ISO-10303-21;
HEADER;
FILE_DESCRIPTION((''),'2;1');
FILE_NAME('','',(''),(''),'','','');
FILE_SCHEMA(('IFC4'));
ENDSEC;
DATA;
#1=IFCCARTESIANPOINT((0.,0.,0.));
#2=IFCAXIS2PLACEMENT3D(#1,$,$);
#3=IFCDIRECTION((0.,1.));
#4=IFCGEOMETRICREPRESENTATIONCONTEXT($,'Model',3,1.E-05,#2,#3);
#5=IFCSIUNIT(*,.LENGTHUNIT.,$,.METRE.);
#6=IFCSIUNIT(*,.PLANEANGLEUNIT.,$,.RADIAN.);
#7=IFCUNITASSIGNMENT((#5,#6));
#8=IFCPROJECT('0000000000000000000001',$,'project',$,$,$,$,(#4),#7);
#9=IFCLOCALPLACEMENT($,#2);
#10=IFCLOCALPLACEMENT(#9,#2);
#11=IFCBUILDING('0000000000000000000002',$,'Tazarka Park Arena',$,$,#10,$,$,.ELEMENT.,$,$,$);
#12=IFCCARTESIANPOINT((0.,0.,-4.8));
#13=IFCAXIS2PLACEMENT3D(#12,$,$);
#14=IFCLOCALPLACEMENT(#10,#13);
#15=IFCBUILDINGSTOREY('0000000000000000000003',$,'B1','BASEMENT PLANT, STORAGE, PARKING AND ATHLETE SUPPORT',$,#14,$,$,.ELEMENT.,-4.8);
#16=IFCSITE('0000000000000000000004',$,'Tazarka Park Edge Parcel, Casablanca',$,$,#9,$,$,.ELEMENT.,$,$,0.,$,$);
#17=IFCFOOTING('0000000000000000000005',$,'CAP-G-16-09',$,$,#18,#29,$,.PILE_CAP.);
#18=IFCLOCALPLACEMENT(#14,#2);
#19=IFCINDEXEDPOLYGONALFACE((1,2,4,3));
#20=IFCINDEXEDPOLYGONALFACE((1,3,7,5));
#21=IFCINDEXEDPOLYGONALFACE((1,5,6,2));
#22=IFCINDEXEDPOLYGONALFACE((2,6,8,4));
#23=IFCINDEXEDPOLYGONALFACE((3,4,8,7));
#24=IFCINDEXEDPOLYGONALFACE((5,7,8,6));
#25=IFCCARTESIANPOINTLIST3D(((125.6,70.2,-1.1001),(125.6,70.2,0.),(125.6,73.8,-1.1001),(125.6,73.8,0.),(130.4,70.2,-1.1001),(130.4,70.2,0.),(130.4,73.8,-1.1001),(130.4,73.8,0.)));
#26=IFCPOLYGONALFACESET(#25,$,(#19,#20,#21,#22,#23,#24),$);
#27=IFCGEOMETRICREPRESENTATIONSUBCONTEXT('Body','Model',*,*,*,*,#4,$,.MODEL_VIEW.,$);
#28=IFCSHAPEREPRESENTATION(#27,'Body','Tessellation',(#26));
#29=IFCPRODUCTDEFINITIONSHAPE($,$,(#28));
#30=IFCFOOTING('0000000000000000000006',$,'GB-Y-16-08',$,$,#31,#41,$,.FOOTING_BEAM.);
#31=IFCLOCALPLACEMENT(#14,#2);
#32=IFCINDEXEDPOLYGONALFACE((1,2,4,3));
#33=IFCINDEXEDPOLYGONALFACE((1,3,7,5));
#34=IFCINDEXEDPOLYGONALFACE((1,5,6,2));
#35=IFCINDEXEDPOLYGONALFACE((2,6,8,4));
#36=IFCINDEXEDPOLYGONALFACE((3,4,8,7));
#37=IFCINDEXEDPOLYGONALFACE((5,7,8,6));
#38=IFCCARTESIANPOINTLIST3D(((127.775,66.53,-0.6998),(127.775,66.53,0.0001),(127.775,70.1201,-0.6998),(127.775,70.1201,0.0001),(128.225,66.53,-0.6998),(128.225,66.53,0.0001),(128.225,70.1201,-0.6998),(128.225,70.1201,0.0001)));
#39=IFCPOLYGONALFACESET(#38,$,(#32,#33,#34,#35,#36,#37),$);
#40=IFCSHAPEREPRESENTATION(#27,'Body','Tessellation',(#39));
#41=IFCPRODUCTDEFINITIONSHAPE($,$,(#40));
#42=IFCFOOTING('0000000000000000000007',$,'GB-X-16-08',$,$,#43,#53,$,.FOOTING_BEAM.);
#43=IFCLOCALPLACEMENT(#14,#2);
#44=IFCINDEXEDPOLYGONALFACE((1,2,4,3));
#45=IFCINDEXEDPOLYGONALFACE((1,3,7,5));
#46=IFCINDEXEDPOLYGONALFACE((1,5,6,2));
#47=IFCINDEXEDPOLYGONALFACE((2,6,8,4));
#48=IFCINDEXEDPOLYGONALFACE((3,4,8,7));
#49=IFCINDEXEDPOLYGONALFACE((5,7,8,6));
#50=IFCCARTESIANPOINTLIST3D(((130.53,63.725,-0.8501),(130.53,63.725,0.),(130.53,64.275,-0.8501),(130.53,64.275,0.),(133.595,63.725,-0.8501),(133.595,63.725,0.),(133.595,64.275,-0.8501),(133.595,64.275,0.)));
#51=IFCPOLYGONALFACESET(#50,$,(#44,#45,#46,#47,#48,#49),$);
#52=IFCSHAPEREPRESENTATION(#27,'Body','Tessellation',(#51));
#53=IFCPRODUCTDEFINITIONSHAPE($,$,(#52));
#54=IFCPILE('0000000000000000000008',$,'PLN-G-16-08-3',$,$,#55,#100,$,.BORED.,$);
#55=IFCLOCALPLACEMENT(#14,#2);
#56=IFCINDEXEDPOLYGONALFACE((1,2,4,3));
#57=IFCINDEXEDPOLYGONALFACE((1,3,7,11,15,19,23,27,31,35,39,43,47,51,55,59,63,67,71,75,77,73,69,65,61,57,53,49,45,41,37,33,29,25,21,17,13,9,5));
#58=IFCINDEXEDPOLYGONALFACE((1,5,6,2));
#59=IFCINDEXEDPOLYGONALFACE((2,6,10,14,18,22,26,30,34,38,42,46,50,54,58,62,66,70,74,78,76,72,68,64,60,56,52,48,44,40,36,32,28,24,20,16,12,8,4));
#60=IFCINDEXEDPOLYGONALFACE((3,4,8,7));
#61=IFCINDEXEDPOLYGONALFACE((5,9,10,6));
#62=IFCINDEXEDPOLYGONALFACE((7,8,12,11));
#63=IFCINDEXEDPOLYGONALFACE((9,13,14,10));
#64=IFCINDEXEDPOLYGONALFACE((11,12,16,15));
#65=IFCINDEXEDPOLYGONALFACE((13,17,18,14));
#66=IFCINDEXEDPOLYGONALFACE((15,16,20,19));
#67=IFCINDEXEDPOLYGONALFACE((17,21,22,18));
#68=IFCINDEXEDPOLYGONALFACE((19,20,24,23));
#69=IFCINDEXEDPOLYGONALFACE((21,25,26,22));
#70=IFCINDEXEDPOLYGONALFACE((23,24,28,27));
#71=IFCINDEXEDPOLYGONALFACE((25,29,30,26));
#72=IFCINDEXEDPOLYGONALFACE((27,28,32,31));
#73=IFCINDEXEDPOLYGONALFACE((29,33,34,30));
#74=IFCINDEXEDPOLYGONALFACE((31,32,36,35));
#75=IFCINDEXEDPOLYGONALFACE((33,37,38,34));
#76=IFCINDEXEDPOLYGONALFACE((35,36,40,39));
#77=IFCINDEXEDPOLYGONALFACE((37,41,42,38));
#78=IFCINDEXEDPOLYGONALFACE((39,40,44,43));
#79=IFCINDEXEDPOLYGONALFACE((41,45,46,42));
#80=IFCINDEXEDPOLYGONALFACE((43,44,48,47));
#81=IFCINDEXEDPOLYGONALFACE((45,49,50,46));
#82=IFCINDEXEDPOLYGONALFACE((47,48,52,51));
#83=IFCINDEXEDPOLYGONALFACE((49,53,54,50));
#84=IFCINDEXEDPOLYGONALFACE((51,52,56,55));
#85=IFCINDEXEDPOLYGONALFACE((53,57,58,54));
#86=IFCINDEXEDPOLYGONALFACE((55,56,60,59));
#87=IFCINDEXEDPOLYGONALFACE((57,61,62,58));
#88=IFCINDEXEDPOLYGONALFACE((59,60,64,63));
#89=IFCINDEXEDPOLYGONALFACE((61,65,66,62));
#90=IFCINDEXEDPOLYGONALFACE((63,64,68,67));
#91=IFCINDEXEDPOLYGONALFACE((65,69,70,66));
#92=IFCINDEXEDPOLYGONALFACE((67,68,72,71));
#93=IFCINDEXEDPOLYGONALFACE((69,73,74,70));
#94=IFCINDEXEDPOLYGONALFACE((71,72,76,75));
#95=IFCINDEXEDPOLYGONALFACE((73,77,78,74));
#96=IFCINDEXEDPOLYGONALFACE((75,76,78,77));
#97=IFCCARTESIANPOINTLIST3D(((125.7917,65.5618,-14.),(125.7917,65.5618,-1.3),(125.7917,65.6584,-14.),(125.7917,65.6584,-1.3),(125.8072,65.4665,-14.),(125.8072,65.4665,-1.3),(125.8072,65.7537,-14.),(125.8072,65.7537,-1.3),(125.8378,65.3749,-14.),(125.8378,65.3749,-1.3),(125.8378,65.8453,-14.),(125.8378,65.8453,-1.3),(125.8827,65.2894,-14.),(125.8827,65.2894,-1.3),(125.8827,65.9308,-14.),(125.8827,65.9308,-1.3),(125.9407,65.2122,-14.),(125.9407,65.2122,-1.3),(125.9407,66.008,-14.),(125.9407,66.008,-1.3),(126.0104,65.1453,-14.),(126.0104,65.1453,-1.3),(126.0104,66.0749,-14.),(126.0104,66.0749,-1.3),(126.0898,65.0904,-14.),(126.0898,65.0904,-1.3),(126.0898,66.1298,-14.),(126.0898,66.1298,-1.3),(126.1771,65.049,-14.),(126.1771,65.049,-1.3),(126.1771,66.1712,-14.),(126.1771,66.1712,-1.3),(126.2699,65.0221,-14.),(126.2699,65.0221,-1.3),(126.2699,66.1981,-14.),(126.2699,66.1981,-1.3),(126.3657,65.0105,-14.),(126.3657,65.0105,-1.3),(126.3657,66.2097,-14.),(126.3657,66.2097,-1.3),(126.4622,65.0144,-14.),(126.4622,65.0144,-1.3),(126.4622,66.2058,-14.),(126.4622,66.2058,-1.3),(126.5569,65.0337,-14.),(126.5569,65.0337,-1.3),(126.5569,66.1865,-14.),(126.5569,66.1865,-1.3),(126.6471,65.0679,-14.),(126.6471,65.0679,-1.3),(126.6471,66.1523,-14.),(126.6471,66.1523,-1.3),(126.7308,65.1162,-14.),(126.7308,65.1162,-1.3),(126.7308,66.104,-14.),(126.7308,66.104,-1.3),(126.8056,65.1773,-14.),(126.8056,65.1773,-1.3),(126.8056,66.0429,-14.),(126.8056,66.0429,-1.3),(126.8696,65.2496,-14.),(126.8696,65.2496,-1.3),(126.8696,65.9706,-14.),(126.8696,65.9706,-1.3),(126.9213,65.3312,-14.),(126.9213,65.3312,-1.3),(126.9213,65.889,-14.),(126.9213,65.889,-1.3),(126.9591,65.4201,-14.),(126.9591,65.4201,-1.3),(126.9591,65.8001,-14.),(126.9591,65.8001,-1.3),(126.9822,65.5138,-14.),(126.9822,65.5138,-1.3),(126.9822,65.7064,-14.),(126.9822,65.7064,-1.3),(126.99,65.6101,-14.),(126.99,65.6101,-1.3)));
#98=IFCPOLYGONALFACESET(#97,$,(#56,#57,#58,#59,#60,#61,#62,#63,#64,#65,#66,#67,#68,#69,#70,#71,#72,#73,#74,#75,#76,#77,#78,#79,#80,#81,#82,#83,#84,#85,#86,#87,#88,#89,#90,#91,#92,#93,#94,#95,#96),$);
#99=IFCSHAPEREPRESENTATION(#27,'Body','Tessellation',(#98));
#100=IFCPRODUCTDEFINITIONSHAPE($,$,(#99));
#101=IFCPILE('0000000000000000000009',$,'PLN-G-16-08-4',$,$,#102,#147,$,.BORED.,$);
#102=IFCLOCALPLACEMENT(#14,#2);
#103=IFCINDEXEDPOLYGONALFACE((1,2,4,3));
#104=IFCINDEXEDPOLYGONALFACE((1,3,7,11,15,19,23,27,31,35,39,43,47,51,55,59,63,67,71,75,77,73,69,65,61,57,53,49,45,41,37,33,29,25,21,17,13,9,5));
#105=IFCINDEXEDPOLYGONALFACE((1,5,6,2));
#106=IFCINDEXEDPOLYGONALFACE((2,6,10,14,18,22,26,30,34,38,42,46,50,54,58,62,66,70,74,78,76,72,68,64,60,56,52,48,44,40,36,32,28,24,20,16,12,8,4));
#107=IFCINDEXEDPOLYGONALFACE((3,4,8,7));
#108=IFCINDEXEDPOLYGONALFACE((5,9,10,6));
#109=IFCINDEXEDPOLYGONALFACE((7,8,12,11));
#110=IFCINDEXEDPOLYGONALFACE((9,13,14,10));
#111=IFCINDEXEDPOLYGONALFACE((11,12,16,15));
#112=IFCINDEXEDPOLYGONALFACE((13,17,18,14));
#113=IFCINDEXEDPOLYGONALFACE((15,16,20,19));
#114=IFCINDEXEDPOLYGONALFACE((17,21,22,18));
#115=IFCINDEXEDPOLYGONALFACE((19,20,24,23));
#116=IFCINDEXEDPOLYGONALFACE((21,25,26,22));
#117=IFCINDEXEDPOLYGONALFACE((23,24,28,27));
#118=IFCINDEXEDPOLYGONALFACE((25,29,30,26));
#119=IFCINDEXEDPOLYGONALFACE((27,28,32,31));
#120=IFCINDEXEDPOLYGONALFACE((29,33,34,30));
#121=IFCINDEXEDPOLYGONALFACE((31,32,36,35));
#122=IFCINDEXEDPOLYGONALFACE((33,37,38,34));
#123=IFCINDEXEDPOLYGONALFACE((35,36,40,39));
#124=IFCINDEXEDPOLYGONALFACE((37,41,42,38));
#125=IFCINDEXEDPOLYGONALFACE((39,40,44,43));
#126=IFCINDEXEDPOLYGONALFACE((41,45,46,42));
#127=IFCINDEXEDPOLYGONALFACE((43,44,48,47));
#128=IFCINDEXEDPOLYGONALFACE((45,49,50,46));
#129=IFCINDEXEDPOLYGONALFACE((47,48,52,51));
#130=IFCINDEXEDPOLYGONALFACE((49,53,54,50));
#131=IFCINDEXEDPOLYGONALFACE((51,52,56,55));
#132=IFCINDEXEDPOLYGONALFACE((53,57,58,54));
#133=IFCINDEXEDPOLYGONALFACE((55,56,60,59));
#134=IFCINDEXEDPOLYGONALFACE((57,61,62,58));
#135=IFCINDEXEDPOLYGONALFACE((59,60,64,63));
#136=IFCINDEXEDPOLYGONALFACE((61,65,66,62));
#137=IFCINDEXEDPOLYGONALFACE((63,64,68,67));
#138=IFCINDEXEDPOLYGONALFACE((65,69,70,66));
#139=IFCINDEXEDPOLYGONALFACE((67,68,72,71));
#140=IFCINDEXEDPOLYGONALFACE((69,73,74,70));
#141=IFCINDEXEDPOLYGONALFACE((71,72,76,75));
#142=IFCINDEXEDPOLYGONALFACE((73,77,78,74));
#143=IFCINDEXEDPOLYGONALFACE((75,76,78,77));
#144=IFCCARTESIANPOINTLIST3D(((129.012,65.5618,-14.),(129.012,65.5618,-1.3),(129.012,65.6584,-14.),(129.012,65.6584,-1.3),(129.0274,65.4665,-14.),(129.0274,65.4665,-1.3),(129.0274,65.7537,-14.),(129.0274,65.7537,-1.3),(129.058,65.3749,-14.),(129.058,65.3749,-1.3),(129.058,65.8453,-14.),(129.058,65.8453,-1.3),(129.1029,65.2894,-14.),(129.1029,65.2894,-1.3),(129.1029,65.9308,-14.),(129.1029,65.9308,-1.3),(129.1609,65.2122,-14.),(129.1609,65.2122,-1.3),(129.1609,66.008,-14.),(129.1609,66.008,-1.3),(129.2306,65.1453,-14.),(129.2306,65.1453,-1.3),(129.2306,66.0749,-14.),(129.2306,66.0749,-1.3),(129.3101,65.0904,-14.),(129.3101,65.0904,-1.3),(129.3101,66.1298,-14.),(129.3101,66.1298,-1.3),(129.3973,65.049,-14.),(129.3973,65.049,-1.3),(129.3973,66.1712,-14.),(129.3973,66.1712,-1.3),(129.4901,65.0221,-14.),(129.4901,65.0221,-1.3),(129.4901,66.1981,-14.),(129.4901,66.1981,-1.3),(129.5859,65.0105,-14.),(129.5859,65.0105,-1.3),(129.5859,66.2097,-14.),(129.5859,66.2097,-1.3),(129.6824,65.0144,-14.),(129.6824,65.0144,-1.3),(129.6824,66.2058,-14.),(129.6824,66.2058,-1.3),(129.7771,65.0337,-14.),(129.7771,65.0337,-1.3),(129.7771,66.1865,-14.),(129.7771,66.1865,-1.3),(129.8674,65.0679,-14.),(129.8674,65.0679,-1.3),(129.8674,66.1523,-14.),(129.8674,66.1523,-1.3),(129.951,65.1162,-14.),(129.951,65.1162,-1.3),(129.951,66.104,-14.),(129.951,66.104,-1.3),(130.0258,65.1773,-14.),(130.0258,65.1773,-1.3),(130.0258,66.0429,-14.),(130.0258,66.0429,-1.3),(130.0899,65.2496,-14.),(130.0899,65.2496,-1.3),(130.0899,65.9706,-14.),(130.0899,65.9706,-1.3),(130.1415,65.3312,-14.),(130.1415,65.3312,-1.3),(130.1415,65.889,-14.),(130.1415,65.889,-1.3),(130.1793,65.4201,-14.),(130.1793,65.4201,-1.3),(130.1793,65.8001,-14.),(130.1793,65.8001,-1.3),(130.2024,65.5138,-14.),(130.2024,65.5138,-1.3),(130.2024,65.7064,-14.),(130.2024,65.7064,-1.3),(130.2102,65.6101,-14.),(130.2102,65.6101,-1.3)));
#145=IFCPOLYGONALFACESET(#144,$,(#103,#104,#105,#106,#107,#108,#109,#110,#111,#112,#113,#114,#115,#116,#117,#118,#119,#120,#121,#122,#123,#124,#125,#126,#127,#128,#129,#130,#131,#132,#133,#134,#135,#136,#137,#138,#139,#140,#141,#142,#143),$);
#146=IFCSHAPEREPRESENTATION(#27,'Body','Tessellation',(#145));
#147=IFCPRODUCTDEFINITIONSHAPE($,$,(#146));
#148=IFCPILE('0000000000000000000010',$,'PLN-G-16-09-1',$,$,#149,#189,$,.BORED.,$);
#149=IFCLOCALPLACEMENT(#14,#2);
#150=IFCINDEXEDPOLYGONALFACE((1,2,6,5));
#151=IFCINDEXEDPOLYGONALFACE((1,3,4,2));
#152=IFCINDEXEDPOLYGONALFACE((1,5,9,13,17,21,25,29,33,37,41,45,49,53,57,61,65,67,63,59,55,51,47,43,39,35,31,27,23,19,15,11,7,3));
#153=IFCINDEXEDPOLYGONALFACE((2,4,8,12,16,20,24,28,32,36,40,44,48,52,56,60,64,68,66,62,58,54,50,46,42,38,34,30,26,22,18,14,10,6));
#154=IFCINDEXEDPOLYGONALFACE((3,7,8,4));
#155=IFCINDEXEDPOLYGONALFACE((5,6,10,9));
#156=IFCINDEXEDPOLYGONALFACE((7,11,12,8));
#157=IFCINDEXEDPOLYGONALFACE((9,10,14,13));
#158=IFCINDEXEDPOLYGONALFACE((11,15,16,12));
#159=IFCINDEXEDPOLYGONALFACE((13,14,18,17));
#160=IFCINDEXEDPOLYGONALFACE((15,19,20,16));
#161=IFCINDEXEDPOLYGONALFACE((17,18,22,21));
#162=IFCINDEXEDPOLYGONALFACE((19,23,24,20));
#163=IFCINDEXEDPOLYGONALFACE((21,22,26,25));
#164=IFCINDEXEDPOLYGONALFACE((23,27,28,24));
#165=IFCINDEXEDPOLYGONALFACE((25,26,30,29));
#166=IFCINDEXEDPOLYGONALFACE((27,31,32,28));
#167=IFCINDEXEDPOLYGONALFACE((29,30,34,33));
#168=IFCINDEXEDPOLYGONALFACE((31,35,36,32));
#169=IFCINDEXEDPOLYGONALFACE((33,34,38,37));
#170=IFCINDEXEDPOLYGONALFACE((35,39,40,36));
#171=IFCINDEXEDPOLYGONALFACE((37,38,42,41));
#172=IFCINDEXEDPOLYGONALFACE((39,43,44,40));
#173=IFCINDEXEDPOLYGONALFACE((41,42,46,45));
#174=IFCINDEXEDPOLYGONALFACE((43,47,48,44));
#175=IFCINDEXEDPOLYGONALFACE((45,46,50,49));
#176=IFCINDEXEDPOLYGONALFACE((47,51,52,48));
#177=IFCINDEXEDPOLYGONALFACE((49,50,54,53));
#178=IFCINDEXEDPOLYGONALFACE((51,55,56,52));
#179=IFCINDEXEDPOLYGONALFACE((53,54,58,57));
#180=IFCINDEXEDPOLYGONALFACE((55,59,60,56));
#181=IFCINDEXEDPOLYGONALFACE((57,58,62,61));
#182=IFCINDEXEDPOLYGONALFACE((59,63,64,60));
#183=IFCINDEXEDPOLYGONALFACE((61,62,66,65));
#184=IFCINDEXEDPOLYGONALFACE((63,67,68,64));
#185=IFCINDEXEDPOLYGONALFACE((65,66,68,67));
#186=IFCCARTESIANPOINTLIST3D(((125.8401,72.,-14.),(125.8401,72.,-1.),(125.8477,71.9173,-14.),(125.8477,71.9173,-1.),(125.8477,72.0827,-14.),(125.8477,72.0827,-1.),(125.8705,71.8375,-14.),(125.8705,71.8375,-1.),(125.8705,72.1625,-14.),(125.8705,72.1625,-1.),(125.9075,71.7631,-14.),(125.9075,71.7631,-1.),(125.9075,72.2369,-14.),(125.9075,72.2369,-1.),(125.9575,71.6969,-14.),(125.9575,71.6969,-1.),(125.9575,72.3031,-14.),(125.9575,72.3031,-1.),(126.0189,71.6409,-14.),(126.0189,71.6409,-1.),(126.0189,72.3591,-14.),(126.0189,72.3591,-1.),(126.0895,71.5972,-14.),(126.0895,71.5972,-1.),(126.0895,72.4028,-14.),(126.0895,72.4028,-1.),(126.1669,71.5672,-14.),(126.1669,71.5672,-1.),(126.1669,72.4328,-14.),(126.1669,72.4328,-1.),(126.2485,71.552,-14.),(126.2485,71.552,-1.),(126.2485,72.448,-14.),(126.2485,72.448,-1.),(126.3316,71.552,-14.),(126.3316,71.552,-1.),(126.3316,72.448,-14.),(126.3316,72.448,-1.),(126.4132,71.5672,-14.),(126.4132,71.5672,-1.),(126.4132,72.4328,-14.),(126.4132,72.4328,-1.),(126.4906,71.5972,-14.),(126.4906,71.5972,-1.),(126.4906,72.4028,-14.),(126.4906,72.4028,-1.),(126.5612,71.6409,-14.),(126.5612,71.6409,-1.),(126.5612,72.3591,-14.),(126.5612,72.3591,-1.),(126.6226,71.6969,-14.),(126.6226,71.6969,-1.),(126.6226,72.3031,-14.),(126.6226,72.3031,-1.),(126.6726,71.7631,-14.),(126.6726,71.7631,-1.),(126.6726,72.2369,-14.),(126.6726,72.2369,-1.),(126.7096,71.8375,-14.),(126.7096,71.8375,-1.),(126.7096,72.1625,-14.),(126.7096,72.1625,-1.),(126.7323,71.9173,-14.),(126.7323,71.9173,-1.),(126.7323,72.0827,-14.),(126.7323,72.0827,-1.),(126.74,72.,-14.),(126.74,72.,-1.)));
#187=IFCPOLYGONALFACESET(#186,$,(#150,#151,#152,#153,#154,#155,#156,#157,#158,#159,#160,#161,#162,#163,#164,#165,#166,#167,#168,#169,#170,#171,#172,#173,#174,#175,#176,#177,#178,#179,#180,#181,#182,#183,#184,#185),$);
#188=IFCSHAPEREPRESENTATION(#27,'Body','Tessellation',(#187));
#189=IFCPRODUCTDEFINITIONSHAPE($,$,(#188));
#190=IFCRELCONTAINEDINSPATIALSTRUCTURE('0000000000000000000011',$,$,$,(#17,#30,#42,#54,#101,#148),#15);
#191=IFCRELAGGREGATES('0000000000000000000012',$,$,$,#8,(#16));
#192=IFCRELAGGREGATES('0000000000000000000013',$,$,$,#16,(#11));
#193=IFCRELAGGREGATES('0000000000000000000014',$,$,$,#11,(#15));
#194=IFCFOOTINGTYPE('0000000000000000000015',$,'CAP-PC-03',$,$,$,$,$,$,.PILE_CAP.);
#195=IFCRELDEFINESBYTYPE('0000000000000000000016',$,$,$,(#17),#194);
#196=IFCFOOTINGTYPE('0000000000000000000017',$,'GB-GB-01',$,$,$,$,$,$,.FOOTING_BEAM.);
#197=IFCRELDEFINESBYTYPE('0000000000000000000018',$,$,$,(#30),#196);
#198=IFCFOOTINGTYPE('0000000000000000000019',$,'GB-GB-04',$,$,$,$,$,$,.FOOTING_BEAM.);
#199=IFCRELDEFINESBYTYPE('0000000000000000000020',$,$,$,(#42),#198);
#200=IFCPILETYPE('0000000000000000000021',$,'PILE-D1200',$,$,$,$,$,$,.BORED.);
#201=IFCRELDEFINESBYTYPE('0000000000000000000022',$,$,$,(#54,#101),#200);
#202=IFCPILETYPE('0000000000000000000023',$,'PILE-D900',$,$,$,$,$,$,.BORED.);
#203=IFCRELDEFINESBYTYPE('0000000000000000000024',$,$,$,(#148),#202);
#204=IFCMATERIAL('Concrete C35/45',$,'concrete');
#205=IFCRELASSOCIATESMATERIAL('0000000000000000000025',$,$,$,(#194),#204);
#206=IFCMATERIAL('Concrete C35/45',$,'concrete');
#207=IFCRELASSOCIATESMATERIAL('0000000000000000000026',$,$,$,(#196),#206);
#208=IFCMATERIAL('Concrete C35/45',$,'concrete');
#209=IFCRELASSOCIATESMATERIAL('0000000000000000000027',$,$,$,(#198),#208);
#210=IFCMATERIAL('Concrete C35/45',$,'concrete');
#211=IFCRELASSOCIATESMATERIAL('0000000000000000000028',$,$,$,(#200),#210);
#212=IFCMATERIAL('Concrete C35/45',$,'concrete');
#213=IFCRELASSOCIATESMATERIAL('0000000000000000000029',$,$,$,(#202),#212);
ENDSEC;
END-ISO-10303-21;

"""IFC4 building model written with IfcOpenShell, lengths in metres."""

from ifc_helpers import new_model, si_unit, direction, frame, origin, origin_2d, place, context, subcontext, project, spatial, rectangle, circle, extrude, material, material_profile, profile_set, type_object, element, save


model = new_model("IFC4")

# Units and contexts
model_context = context("Model", 3, precision=1e-05, world=origin(), true_north=direction((0.0, 1.0)))
body_context = subcontext(model_context, "Body", "Model", "MODEL_VIEW")
ifc_project = project(units=[si_unit("LENGTHUNIT", "METRE"), si_unit("PLANEANGLEUNIT", "RADIAN")], contexts=[model_context])

# Site, building, storey
site_placement = place(None, origin())
site = spatial("IfcSite", under=ifc_project, at=site_placement, Name="Tazarka Park Edge Parcel, Casablanca", CompositionType="ELEMENT", RefElevation=0.0)
building_placement = place(site_placement, origin())
building = spatial("IfcBuilding", under=site, at=building_placement, Name="Tazarka Park Arena", CompositionType="ELEMENT")
storey_placement = place(building_placement, frame((0.0, 0.0, -4.8)))
storey = spatial("IfcBuildingStorey", under=building, at=storey_placement, Name="B1", Description="BASEMENT PLANT, STORAGE, PARKING AND ATHLETE SUPPORT", CompositionType="ELEMENT", Elevation=-4.8)

# Footings
ifc_material_1 = material(Name="Concrete C35/45", Category="concrete")
footing_type_1 = type_object("IfcFootingType", Name="CAP-PC-03", PredefinedType="PILE_CAP", material=ifc_material_1)
footing_1_placement = place(storey_placement, frame((128.0, 72.0, -1.1001), z_axis=(0.0, 0.0, 1.0), x_axis=(1.0, 0.0, 0.0)))
element("IfcFooting", 1, at=footing_1_placement, inside=storey, type_object=footing_type_1, Name="CAP-G-16-09", PredefinedType="PILE_CAP", context=body_context, shape_type="SweptSolid", body=[
    extrude(rectangle(XDim=4.8, YDim=3.6001, at=origin_2d()), origin(), (0.0, 0.0, 1.0), 1.1001),
])
ifc_material_2 = material(Name="Concrete C35/45", Category="concrete")
ifc_material_profile_1 = material_profile(ifc_material_2, rectangle(XDim=0.45, YDim=0.7, at=origin_2d()), Name="Concrete C35/45")
ifc_profile_set_1 = profile_set([ifc_material_profile_1], Name="Concrete C35/45")
footing_type_2 = type_object("IfcFootingType", Name="GB-GB-01", PredefinedType="FOOTING_BEAM", material=ifc_profile_set_1)
footing_2_placement = place(storey_placement, frame((128.0, 66.53, -0.3499), z_axis=(0.0, 1.0, 0.0), x_axis=(-1.0, 0.0, 0.0)))
element("IfcFooting", 2, at=footing_2_placement, inside=storey, type_object=footing_type_2, Name="GB-Y-16-08", PredefinedType="FOOTING_BEAM", context=body_context, shape_type="SweptSolid", body=[
    extrude(rectangle(XDim=0.45, YDim=0.7, at=origin_2d()), origin(), (0.0, 0.0, 1.0), 3.5901),
])
ifc_material_3 = material(Name="Concrete C35/45", Category="concrete")
ifc_material_profile_2 = material_profile(ifc_material_3, rectangle(XDim=0.55, YDim=0.8501, at=origin_2d()), Name="Concrete C35/45")
ifc_profile_set_2 = profile_set([ifc_material_profile_2], Name="Concrete C35/45")
footing_type_3 = type_object("IfcFootingType", Name="GB-GB-04", PredefinedType="FOOTING_BEAM", material=ifc_profile_set_2)
footing_3_placement = place(storey_placement, frame((130.53, 64.0, -0.425), z_axis=(1.0, 0.0, 0.0), x_axis=(0.0, 1.0, 0.0)))
element("IfcFooting", 3, at=footing_3_placement, inside=storey, type_object=footing_type_3, Name="GB-X-16-08", PredefinedType="FOOTING_BEAM", context=body_context, shape_type="SweptSolid", body=[
    extrude(rectangle(XDim=0.55, YDim=0.8501, at=origin_2d()), origin(), (0.0, 0.0, 1.0), 3.0649),
])

# Piles
ifc_material_4 = material(Name="Concrete C35/45", Category="concrete")
ifc_material_profile_3 = material_profile(ifc_material_4, circle(Radius=0.6001, at=origin_2d()), Name="Concrete C35/45")
ifc_profile_set_3 = profile_set([ifc_material_profile_3], Name="Concrete C35/45")
pile_type_1 = type_object("IfcPileType", Name="PILE-D1200", PredefinedType="BORED", material=ifc_profile_set_3)
for number, where, z_axis, x_axis, name in (
    (4, (126.3899, 65.6101, -1.3), (0.0, 0.0, -1.0), (1.0, 0.0, 0.0), "PLN-G-16-08-3"),
    (5, (129.6101, 65.6101, -1.3), (0.0, 0.0, -1.0), (1.0, 0.0, 0.0), "PLN-G-16-08-4"),
):
    element("IfcPile", number, at=place(storey_placement, frame(where, z_axis=z_axis, x_axis=x_axis)), inside=storey, type_object=pile_type_1, Name=name, PredefinedType="BORED", context=body_context, shape_type="SweptSolid", body=[
        extrude(circle(Radius=0.6001, at=origin_2d()), origin(), (0.0, 0.0, 1.0), 12.7),
    ])
ifc_material_5 = material(Name="Concrete C35/45", Category="concrete")
ifc_material_profile_4 = material_profile(ifc_material_5, circle(Radius=0.45, at=origin_2d()), Name="Concrete C35/45")
ifc_profile_set_4 = profile_set([ifc_material_profile_4], Name="Concrete C35/45")
pile_type_2 = type_object("IfcPileType", Name="PILE-D900", PredefinedType="BORED", material=ifc_profile_set_4)
for number, where, z_axis, x_axis, name in (
    (6, (126.29, 72.0, -1.0), (0.0, 0.0, -1.0), (1.0, 0.0, 0.0), "PLN-G-16-09-1"),
):
    element("IfcPile", number, at=place(storey_placement, frame(where, z_axis=z_axis, x_axis=x_axis)), inside=storey, type_object=pile_type_2, Name=name, PredefinedType="BORED", context=body_context, shape_type="SweptSolid", body=[
        extrude(circle(Radius=0.45, at=origin_2d()), origin(), (0.0, 0.0, 1.0), 13.0),
    ])

save(model, "model.ifc")
